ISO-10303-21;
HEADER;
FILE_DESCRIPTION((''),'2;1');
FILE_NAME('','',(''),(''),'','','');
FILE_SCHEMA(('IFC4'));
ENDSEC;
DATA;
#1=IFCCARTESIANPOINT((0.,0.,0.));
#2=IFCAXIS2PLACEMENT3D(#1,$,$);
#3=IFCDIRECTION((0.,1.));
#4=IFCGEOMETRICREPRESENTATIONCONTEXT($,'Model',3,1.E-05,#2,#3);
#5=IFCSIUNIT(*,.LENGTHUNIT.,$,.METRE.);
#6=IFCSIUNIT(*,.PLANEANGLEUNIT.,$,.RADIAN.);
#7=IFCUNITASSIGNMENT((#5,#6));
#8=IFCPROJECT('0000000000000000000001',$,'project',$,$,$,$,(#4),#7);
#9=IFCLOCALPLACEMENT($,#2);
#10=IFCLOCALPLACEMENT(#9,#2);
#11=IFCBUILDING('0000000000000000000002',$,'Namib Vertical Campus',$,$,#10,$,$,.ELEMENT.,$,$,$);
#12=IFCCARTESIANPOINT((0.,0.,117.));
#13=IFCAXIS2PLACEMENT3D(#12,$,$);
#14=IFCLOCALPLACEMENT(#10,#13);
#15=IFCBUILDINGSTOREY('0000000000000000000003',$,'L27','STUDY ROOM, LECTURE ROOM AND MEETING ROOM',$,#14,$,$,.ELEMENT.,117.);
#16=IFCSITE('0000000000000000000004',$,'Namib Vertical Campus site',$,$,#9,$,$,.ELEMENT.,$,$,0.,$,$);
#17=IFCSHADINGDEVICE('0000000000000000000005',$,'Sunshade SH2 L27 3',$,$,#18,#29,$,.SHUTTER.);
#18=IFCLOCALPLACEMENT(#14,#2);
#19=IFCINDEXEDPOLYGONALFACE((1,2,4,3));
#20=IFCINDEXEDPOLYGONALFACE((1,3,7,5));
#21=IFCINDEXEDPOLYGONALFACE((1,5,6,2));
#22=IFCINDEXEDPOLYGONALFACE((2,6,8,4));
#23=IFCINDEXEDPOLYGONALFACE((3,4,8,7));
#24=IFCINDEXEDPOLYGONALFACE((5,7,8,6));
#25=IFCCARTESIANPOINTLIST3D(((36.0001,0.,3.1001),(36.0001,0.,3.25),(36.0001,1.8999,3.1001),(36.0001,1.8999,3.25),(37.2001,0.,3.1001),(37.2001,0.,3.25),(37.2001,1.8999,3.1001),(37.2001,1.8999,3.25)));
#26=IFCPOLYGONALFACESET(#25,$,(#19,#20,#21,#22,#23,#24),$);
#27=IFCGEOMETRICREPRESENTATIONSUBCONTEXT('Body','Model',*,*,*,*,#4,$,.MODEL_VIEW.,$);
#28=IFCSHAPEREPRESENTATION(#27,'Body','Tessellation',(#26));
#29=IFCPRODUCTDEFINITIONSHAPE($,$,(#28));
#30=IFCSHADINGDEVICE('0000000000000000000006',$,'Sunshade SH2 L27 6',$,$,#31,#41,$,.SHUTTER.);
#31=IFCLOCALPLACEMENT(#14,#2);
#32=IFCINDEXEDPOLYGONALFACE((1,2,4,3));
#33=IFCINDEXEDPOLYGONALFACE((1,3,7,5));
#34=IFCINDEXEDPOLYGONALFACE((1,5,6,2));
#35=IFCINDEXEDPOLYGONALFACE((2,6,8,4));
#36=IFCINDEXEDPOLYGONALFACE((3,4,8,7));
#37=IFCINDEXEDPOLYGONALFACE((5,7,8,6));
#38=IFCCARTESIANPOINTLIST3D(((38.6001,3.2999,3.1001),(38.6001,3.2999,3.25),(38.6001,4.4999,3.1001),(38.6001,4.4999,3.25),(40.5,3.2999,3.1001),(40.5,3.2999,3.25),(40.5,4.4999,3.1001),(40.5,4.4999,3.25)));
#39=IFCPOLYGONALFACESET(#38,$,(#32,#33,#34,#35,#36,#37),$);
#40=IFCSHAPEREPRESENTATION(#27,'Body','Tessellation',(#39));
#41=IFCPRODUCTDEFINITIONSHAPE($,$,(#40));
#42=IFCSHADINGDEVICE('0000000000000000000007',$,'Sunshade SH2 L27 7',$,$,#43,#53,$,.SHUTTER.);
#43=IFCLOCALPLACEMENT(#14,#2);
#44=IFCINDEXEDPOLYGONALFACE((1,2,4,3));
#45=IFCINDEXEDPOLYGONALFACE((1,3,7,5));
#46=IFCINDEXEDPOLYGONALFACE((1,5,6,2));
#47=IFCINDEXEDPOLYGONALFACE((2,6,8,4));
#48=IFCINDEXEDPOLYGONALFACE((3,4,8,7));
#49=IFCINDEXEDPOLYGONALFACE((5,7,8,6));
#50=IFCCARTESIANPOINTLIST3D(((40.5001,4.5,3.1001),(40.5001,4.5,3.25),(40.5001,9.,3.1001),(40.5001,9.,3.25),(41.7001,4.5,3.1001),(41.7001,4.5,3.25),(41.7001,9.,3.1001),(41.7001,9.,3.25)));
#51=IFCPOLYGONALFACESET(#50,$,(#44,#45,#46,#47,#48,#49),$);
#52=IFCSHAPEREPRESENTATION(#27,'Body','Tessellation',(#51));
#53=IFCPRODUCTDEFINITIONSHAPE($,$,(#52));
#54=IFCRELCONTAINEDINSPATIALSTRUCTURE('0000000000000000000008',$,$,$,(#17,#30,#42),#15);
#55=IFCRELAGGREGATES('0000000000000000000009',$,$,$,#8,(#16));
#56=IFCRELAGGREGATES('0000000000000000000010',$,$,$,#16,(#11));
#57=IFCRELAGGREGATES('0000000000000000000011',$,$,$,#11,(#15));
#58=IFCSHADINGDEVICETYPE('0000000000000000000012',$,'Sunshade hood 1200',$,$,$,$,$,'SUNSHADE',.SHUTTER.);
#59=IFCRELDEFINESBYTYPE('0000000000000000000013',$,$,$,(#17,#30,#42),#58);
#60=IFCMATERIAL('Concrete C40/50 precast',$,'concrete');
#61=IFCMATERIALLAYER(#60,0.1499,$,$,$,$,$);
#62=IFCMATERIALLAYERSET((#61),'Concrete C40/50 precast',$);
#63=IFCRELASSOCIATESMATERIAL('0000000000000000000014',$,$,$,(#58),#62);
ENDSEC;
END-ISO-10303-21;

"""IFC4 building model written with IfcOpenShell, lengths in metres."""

from ifc_helpers import new_model, si_unit, direction, frame, origin, origin_2d, place, context, subcontext, project, spatial, rectangle, extrude, material, layer, layer_set, type_object, element, save


model = new_model("IFC4")

# Units and contexts
model_context = context("Model", 3, precision=1e-05, world=origin(), true_north=direction((0.0, 1.0)))
body_context = subcontext(model_context, "Body", "Model", "MODEL_VIEW")
ifc_project = project(units=[si_unit("LENGTHUNIT", "METRE"), si_unit("PLANEANGLEUNIT", "RADIAN")], contexts=[model_context])

# Site, building, storey
site_placement = place(None, origin())
site = spatial("IfcSite", under=ifc_project, at=site_placement, Name="Namib Vertical Campus site", CompositionType="ELEMENT", RefElevation=0.0)
building_placement = place(site_placement, origin())
building = spatial("IfcBuilding", under=site, at=building_placement, Name="Namib Vertical Campus", CompositionType="ELEMENT")
storey_placement = place(building_placement, frame((0.0, 0.0, 117.0)))
storey = spatial("IfcBuildingStorey", under=building, at=storey_placement, Name="L27", Description="STUDY ROOM, LECTURE ROOM AND MEETING ROOM", CompositionType="ELEMENT", Elevation=117.0)

# Shading devices
ifc_material_1 = material(Name="Concrete C40/50 precast", Category="concrete")
ifc_layer_1 = layer(ifc_material_1, 0.1499)
ifc_layer_set_1 = layer_set([ifc_layer_1], Name="Concrete C40/50 precast")
shading_device_type = type_object("IfcShadingDeviceType", Name="Sunshade hood 1200", ElementType="SUNSHADE", PredefinedType="SHUTTER", material=ifc_layer_set_1)
for number, where, z_axis, x_axis, name in (
    (1, (36.6001, 0.95, 3.1001), (0.0, 0.0, 1.0), (0.0, 1.0, 0.0), "Sunshade SH2 L27 3"),
    (2, (39.55, 3.8999, 3.1001), (0.0, 0.0, 1.0), (1.0, 0.0, 0.0), "Sunshade SH2 L27 6"),
):
    element("IfcShadingDevice", number, at=place(storey_placement, frame(where, z_axis=z_axis, x_axis=x_axis)), inside=storey, type_object=shading_device_type, Name=name, PredefinedType="SHUTTER", context=body_context, shape_type="SweptSolid", body=[
        extrude(rectangle(XDim=1.8999, YDim=1.2, at=origin_2d()), origin(), (0.0, 0.0, 1.0), 0.1499),
    ])
shading_device_placement = place(storey_placement, frame((41.1001, 6.75, 3.1001), z_axis=(0.0, 0.0, 1.0), x_axis=(0.0, 1.0, 0.0)))
element("IfcShadingDevice", 3, at=shading_device_placement, inside=storey, type_object=shading_device_type, Name="Sunshade SH2 L27 7", PredefinedType="SHUTTER", context=body_context, shape_type="SweptSolid", body=[
    extrude(rectangle(XDim=4.5, YDim=1.2, at=origin_2d()), origin(), (0.0, 0.0, 1.0), 0.1499),
])

save(model, "model.ifc")
